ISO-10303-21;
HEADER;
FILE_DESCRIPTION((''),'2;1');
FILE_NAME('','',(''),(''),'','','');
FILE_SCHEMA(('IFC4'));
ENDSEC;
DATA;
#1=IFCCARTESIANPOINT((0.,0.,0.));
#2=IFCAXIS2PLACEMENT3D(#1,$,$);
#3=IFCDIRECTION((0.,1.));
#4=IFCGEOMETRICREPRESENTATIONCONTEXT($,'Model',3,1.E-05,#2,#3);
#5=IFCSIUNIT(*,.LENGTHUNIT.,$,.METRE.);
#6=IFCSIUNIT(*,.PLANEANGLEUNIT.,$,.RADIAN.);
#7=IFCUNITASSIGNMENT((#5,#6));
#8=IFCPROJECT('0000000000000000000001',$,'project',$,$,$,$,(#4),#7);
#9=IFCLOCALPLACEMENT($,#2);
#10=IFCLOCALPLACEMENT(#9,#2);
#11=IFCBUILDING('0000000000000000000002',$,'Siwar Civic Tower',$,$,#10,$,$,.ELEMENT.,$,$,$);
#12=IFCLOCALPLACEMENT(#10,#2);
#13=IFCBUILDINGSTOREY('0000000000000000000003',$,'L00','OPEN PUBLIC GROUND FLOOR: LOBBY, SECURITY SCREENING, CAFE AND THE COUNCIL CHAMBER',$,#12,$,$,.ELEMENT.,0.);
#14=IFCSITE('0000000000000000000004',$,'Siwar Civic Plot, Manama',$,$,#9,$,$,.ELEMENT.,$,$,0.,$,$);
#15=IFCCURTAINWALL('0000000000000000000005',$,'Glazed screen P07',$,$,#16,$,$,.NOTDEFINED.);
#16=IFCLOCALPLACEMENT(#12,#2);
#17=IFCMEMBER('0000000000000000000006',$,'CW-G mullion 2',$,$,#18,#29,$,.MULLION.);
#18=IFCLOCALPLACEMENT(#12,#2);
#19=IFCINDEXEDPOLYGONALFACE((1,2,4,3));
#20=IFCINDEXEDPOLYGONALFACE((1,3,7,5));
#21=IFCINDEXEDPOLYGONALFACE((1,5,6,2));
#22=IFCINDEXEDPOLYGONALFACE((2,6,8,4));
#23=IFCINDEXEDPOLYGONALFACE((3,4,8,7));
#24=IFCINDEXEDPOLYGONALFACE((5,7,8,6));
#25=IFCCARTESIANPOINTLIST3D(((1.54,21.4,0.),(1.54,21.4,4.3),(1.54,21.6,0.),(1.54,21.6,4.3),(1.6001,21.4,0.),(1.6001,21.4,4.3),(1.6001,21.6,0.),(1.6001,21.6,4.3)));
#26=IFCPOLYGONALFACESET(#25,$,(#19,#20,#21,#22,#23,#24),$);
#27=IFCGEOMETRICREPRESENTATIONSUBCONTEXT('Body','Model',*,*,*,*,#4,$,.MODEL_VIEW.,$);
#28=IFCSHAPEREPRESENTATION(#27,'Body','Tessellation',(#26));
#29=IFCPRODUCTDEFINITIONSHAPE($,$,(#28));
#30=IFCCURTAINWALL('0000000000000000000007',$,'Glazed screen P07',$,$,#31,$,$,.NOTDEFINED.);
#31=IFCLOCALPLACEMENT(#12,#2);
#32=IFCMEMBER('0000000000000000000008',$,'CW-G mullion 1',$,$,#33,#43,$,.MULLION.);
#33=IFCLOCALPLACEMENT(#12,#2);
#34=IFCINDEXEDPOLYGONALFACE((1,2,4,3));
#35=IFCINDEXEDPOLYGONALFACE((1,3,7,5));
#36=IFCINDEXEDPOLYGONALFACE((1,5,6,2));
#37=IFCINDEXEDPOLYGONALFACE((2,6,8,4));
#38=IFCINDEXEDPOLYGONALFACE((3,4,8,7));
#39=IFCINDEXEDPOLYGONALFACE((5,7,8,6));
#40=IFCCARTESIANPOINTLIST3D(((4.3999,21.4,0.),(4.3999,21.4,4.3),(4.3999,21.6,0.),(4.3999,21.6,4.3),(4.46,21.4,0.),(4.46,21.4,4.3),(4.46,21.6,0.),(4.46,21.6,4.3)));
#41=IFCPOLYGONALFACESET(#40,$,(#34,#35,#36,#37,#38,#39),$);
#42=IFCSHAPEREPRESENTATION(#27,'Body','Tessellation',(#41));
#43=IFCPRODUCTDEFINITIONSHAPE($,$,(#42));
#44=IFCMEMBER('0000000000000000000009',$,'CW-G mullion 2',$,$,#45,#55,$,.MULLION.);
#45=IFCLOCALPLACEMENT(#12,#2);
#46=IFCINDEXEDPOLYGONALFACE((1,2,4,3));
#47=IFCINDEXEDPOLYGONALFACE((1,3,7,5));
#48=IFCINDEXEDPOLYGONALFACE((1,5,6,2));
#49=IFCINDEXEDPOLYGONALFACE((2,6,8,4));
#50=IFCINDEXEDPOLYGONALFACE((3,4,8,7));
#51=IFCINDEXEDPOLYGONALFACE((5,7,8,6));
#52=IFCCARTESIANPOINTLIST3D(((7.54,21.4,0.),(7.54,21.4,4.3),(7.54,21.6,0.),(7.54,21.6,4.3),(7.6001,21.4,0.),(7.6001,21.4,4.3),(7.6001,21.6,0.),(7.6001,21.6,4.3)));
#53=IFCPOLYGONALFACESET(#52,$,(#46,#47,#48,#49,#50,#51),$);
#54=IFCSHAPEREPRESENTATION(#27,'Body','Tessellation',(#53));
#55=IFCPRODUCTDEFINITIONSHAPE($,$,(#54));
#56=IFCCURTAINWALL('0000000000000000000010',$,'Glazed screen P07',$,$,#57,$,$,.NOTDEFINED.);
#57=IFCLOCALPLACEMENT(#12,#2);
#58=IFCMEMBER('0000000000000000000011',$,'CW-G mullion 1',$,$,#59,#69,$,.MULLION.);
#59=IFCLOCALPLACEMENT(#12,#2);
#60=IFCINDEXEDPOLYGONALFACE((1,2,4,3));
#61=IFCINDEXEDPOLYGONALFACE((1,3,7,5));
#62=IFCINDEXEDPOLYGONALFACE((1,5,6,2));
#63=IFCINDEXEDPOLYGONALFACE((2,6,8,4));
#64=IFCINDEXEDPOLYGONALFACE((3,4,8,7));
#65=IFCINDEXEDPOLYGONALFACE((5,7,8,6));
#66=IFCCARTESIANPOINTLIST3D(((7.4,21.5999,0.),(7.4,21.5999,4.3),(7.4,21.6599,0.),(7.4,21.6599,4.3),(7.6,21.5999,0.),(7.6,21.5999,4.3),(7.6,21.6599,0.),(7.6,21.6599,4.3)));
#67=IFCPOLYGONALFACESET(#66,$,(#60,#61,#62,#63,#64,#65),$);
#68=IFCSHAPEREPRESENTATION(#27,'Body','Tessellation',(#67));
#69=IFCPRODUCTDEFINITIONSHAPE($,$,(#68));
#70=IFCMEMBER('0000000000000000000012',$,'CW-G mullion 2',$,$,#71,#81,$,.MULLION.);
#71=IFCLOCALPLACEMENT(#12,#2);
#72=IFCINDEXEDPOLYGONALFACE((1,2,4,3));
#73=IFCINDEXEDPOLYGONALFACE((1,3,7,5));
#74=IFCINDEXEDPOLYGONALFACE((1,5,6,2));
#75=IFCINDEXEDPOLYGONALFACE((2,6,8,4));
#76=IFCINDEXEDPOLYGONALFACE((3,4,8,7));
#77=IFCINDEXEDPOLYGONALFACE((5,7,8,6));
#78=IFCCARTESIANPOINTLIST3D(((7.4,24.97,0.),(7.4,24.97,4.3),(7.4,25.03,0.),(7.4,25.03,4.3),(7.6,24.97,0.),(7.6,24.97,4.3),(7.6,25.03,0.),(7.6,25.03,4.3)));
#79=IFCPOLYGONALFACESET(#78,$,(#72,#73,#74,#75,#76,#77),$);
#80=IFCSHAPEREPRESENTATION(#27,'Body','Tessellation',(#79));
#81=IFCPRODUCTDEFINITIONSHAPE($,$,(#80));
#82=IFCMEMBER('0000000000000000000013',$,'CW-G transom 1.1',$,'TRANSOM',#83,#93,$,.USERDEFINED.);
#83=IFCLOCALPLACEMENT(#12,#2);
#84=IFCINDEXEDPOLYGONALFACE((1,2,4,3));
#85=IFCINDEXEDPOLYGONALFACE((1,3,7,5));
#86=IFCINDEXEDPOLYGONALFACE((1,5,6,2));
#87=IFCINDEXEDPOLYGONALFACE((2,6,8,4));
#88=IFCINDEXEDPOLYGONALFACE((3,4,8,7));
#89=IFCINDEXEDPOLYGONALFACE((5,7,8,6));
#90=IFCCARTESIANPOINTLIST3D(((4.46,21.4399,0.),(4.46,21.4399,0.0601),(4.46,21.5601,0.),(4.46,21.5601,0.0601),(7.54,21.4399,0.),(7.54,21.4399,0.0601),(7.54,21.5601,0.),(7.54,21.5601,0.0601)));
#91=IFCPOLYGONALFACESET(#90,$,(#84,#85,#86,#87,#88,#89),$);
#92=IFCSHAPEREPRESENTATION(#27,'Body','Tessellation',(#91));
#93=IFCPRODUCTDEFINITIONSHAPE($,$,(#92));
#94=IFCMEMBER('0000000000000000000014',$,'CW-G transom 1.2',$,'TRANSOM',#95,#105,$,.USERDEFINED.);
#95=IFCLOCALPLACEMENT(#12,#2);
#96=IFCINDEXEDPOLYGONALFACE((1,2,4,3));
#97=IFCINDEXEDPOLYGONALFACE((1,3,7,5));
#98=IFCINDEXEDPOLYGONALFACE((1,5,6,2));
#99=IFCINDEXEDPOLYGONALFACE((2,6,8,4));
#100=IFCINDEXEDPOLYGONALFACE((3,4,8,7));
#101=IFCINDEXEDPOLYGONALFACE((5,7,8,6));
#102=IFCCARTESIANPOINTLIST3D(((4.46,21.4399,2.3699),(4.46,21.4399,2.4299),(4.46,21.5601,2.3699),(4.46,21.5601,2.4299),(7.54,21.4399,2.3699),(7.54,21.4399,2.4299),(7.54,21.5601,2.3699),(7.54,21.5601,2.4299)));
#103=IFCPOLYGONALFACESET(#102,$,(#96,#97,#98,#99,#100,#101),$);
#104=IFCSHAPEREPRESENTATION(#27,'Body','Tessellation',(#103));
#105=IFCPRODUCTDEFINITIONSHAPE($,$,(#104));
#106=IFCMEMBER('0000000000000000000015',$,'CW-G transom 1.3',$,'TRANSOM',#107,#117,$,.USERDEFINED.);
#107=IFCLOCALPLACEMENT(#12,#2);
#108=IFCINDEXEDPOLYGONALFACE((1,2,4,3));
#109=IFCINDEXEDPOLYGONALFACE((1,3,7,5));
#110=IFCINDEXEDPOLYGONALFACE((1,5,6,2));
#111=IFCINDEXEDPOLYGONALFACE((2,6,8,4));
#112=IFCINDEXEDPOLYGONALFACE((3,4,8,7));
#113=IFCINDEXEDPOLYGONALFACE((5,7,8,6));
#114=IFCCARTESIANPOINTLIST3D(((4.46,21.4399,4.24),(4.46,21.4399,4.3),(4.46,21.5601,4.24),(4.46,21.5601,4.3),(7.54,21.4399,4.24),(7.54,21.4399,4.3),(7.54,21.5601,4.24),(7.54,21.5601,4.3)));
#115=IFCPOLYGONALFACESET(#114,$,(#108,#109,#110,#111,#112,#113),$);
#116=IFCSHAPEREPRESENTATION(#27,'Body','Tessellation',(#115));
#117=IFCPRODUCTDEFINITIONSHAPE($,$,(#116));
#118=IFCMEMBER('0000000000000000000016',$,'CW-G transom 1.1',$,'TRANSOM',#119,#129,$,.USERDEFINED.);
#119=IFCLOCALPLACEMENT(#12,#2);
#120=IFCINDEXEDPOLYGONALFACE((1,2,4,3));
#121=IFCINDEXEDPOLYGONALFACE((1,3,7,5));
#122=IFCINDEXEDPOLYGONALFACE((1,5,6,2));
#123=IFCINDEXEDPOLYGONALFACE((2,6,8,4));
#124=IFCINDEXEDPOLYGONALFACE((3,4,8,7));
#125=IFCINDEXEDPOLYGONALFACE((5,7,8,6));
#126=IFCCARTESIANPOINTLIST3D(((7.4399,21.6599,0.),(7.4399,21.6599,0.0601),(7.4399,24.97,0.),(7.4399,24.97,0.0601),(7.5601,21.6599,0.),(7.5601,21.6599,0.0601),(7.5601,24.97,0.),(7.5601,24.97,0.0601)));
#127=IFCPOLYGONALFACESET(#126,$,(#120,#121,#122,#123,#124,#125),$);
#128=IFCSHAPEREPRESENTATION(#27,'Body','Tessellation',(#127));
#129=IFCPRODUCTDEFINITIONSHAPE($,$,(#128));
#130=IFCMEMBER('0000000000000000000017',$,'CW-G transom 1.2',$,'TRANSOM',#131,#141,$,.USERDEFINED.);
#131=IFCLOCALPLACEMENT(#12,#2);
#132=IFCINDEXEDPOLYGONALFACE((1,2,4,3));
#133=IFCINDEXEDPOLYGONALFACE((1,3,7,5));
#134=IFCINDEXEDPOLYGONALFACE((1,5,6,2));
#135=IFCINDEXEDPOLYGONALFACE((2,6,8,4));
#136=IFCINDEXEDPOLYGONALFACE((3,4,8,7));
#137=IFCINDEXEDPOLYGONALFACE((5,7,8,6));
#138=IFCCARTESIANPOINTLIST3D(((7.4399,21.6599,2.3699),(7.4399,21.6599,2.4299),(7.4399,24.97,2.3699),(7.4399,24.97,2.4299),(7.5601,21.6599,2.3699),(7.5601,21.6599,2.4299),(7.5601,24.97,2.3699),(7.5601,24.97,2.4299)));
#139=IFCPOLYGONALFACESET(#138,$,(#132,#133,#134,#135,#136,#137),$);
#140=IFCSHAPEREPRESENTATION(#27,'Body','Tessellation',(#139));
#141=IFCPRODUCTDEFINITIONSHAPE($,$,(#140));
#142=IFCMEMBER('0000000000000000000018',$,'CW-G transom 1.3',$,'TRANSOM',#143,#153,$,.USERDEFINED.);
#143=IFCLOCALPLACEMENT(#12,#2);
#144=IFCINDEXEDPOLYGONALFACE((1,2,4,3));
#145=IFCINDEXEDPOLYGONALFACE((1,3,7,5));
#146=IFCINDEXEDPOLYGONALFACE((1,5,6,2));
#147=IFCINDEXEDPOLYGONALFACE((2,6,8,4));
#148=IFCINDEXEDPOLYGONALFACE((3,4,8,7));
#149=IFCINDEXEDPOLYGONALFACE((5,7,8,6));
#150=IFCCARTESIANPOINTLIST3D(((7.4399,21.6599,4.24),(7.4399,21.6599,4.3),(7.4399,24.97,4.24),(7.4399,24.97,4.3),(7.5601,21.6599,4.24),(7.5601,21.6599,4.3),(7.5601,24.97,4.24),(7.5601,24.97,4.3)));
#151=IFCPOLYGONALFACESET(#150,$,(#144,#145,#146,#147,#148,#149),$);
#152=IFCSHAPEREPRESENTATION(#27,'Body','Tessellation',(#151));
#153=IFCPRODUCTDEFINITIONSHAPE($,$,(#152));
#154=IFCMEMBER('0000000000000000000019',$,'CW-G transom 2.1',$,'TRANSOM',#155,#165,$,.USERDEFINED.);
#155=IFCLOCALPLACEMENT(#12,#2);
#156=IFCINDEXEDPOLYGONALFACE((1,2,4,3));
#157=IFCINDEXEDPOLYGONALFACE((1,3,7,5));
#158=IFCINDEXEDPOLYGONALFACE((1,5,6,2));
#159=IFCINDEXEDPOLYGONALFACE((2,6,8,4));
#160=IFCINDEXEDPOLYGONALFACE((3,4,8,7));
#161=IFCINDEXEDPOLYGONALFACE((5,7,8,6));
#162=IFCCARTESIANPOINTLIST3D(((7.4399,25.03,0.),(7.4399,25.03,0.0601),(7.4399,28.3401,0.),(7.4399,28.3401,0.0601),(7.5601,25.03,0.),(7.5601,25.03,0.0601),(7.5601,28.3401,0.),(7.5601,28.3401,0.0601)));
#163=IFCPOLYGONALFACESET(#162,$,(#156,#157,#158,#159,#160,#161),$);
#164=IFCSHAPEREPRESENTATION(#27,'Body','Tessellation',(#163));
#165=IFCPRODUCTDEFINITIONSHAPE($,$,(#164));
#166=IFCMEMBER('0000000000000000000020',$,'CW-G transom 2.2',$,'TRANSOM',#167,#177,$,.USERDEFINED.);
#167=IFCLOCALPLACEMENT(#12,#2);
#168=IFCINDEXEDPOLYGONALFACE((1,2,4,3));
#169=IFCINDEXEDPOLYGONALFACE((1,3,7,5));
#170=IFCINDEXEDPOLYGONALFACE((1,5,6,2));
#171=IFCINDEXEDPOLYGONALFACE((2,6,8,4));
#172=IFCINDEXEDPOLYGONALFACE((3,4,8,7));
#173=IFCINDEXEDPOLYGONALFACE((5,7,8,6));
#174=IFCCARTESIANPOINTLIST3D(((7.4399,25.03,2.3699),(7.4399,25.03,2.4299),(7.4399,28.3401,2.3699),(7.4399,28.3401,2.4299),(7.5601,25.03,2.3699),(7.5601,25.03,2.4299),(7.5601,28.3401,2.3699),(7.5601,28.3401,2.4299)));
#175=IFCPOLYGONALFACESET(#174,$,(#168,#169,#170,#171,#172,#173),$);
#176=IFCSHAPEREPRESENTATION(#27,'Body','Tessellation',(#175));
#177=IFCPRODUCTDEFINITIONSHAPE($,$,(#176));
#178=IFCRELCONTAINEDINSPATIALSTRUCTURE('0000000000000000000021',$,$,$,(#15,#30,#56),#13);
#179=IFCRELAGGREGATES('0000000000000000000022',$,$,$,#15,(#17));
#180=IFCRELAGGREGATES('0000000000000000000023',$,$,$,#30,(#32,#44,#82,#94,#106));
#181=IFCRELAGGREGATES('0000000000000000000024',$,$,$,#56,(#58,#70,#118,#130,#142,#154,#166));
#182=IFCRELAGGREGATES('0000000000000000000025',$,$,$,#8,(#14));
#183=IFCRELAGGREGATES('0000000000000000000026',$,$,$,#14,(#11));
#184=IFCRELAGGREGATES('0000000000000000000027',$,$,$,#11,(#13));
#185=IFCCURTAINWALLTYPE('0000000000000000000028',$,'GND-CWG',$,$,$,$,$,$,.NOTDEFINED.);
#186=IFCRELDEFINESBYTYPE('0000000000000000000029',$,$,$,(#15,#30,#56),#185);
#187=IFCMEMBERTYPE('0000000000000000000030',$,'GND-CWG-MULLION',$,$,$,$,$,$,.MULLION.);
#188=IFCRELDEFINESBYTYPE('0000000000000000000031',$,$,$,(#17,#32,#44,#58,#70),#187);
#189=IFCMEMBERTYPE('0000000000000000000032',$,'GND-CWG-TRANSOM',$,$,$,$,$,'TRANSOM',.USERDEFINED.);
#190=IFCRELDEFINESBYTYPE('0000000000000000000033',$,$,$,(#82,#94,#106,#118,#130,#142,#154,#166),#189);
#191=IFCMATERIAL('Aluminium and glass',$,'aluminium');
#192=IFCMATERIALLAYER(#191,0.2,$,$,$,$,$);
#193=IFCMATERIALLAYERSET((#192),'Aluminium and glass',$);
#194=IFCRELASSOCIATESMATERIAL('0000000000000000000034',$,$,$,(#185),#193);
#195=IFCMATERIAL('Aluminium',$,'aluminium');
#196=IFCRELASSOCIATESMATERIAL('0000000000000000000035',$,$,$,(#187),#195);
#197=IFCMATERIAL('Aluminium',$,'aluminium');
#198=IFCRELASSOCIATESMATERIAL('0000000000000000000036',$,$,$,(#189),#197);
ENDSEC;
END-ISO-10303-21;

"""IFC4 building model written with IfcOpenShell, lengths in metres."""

from ifc_helpers import new_model, si_unit, direction, frame, origin, origin_2d, place, context, subcontext, project, spatial, rectangle, extrude, material, layer, layer_set, material_profile, profile_set, type_object, element, aggregate, save


model = new_model("IFC4")

# Units and contexts
model_context = context("Model", 3, precision=1e-05, world=origin(), true_north=direction((0.0, 1.0)))
body_context = subcontext(model_context, "Body", "Model", "MODEL_VIEW")
ifc_project = project(units=[si_unit("LENGTHUNIT", "METRE"), si_unit("PLANEANGLEUNIT", "RADIAN")], contexts=[model_context])

# Site, building, storey
site_placement = place(None, origin())
site = spatial("IfcSite", under=ifc_project, at=site_placement, Name="Siwar Civic Plot, Manama", CompositionType="ELEMENT", RefElevation=0.0)
building_placement = place(site_placement, origin())
building = spatial("IfcBuilding", under=site, at=building_placement, Name="Siwar Civic Tower", CompositionType="ELEMENT")
storey_placement = place(building_placement, origin())
storey = spatial("IfcBuildingStorey", under=building, at=storey_placement, Name="L00", Description="OPEN PUBLIC GROUND FLOOR: LOBBY, SECURITY SCREENING, CAFE AND THE COUNCIL CHAMBER", CompositionType="ELEMENT", Elevation=0.0)

# Curtain wall, member
ifc_material_1 = material(Name="Aluminium and glass", Category="aluminium")
ifc_layer_1 = layer(ifc_material_1, 0.2)
ifc_layer_set_1 = layer_set([ifc_layer_1], Name="Aluminium and glass")
curtain_wall_type = type_object("IfcCurtainWallType", Name="GND-CWG", PredefinedType="NOTDEFINED", material=ifc_layer_set_1)
curtain_wall_1_placement = place(storey_placement, origin())
curtain_wall_1 = element("IfcCurtainWall", 1, at=curtain_wall_1_placement, inside=storey, type_object=curtain_wall_type, Name="Glazed screen P07", PredefinedType="NOTDEFINED")
ifc_material_2 = material(Name="Aluminium", Category="aluminium")
ifc_material_profile_1 = material_profile(ifc_material_2, rectangle(XDim=0.2, YDim=0.0601, at=origin_2d()), Name="AL 200x60")
ifc_profile_set_1 = profile_set([ifc_material_profile_1], Name="Aluminium")
member_type_1 = type_object("IfcMemberType", Name="GND-CWG-MULLION", PredefinedType="MULLION", material=ifc_profile_set_1)
member_1_placement = place(storey_placement, frame((1.5701, 21.5, 0.0), z_axis=(0.0, 0.0, 1.0), x_axis=(0.0, 1.0, 0.0)))
member_1 = element("IfcMember", 2, at=member_1_placement, type_object=member_type_1, Name="CW-G mullion 2", PredefinedType="MULLION", context=body_context, shape_type="SweptSolid", body=[
    extrude(rectangle(XDim=0.2, YDim=0.0601, at=origin_2d()), origin(), (0.0, 0.0, 1.0), 4.3),
])

# Curtain walls, members
curtain_wall_2_placement = place(storey_placement, origin())
curtain_wall_2 = element("IfcCurtainWall", 3, at=curtain_wall_2_placement, inside=storey, type_object=curtain_wall_type, Name="Glazed screen P07", PredefinedType="NOTDEFINED")
member_2_placement = place(storey_placement, frame((4.4299, 21.5, 0.0), z_axis=(0.0, 0.0, 1.0), x_axis=(0.0, 1.0, 0.0)))
member_2 = element("IfcMember", 4, at=member_2_placement, type_object=member_type_1, Name="CW-G mullion 1", PredefinedType="MULLION", context=body_context, shape_type="SweptSolid", body=[
    extrude(rectangle(XDim=0.2, YDim=0.0601, at=origin_2d()), origin(), (0.0, 0.0, 1.0), 4.3),
])
member_3_placement = place(storey_placement, frame((7.5701, 21.5, 0.0), z_axis=(0.0, 0.0, 1.0), x_axis=(0.0, 1.0, 0.0)))
member_3 = element("IfcMember", 5, at=member_3_placement, type_object=member_type_1, Name="CW-G mullion 2", PredefinedType="MULLION", context=body_context, shape_type="SweptSolid", body=[
    extrude(rectangle(XDim=0.2, YDim=0.0601, at=origin_2d()), origin(), (0.0, 0.0, 1.0), 4.3),
])
curtain_wall_3_placement = place(storey_placement, origin())
curtain_wall_3 = element("IfcCurtainWall", 6, at=curtain_wall_3_placement, inside=storey, type_object=curtain_wall_type, Name="Glazed screen P07", PredefinedType="NOTDEFINED")
member_4_placement = place(storey_placement, frame((7.5, 21.6299, 0.0), z_axis=(0.0, 0.0, 1.0), x_axis=(-1.0, 0.0, 0.0)))
member_4 = element("IfcMember", 7, at=member_4_placement, type_object=member_type_1, Name="CW-G mullion 1", PredefinedType="MULLION", context=body_context, shape_type="SweptSolid", body=[
    extrude(rectangle(XDim=0.2, YDim=0.0601, at=origin_2d()), origin(), (0.0, 0.0, 1.0), 4.3),
])
member_5_placement = place(storey_placement, frame((7.5, 25.0, 0.0), z_axis=(0.0, 0.0, 1.0), x_axis=(-1.0, 0.0, 0.0)))
member_5 = element("IfcMember", 8, at=member_5_placement, type_object=member_type_1, Name="CW-G mullion 2", PredefinedType="MULLION", context=body_context, shape_type="SweptSolid", body=[
    extrude(rectangle(XDim=0.2, YDim=0.0601, at=origin_2d()), origin(), (0.0, 0.0, 1.0), 4.3),
])

# Members
ifc_material_3 = material(Name="Aluminium", Category="aluminium")
ifc_material_profile_2 = material_profile(ifc_material_3, rectangle(XDim=0.1201, YDim=0.0601, at=origin_2d()), Name="AL 120x60")
ifc_profile_set_2 = profile_set([ifc_material_profile_2], Name="Aluminium")
member_type_2 = type_object("IfcMemberType", Name="GND-CWG-TRANSOM", ElementType="TRANSOM", PredefinedType="USERDEFINED", material=ifc_profile_set_2)
member_6_placement = place(storey_placement, frame((4.46, 21.5, 0.03), z_axis=(1.0, 0.0, 0.0), x_axis=(0.0, 1.0, 0.0)))
member_6 = element("IfcMember", 9, at=member_6_placement, type_object=member_type_2, Name="CW-G transom 1.1", ObjectType="TRANSOM", PredefinedType="USERDEFINED", context=body_context, shape_type="SweptSolid", body=[
    extrude(rectangle(XDim=0.1201, YDim=0.0601, at=origin_2d()), origin(), (0.0, 0.0, 1.0), 3.0801),
])
member_7_placement = place(storey_placement, frame((4.46, 21.5, 2.3999), z_axis=(1.0, 0.0, 0.0), x_axis=(0.0, 1.0, 0.0)))
member_7 = element("IfcMember", 10, at=member_7_placement, type_object=member_type_2, Name="CW-G transom 1.2", ObjectType="TRANSOM", PredefinedType="USERDEFINED", context=body_context, shape_type="SweptSolid", body=[
    extrude(rectangle(XDim=0.1201, YDim=0.0601, at=origin_2d()), origin(), (0.0, 0.0, 1.0), 3.0801),
])
member_8_placement = place(storey_placement, frame((4.46, 21.5, 4.27), z_axis=(1.0, 0.0, 0.0), x_axis=(0.0, 1.0, 0.0)))
member_8 = element("IfcMember", 11, at=member_8_placement, type_object=member_type_2, Name="CW-G transom 1.3", ObjectType="TRANSOM", PredefinedType="USERDEFINED", context=body_context, shape_type="SweptSolid", body=[
    extrude(rectangle(XDim=0.1201, YDim=0.0601, at=origin_2d()), origin(), (0.0, 0.0, 1.0), 3.0801),
])
member_9_placement = place(storey_placement, frame((7.5, 21.6599, 0.03), z_axis=(0.0, 1.0, 0.0), x_axis=(-1.0, 0.0, 0.0)))
member_9 = element("IfcMember", 12, at=member_9_placement, type_object=member_type_2, Name="CW-G transom 1.1", ObjectType="TRANSOM", PredefinedType="USERDEFINED", context=body_context, shape_type="SweptSolid", body=[
    extrude(rectangle(XDim=0.1201, YDim=0.0601, at=origin_2d()), origin(), (0.0, 0.0, 1.0), 3.3101),
])
member_10_placement = place(storey_placement, frame((7.5, 21.6599, 2.3999), z_axis=(0.0, 1.0, 0.0), x_axis=(-1.0, 0.0, 0.0)))
member_10 = element("IfcMember", 13, at=member_10_placement, type_object=member_type_2, Name="CW-G transom 1.2", ObjectType="TRANSOM", PredefinedType="USERDEFINED", context=body_context, shape_type="SweptSolid", body=[
    extrude(rectangle(XDim=0.1201, YDim=0.0601, at=origin_2d()), origin(), (0.0, 0.0, 1.0), 3.3101),
])
member_11_placement = place(storey_placement, frame((7.5, 21.6599, 4.27), z_axis=(0.0, 1.0, 0.0), x_axis=(-1.0, 0.0, 0.0)))
member_11 = element("IfcMember", 14, at=member_11_placement, type_object=member_type_2, Name="CW-G transom 1.3", ObjectType="TRANSOM", PredefinedType="USERDEFINED", context=body_context, shape_type="SweptSolid", body=[
    extrude(rectangle(XDim=0.1201, YDim=0.0601, at=origin_2d()), origin(), (0.0, 0.0, 1.0), 3.3101),
])
member_12_placement = place(storey_placement, frame((7.5, 25.03, 0.03), z_axis=(0.0, 1.0, 0.0), x_axis=(-1.0, 0.0, 0.0)))
member_12 = element("IfcMember", 15, at=member_12_placement, type_object=member_type_2, Name="CW-G transom 2.1", ObjectType="TRANSOM", PredefinedType="USERDEFINED", context=body_context, shape_type="SweptSolid", body=[
    extrude(rectangle(XDim=0.1201, YDim=0.0601, at=origin_2d()), origin(), (0.0, 0.0, 1.0), 3.3101),
])
member_13_placement = place(storey_placement, frame((7.5, 25.03, 2.3999), z_axis=(0.0, 1.0, 0.0), x_axis=(-1.0, 0.0, 0.0)))
member_13 = element("IfcMember", 16, at=member_13_placement, type_object=member_type_2, Name="CW-G transom 2.2", ObjectType="TRANSOM", PredefinedType="USERDEFINED", context=body_context, shape_type="SweptSolid", body=[
    extrude(rectangle(XDim=0.1201, YDim=0.0601, at=origin_2d()), origin(), (0.0, 0.0, 1.0), 3.3101),
])

aggregate(curtain_wall_1, [member_1])
aggregate(curtain_wall_2, [member_2, member_3, member_6, member_7, member_8])
aggregate(curtain_wall_3, [member_4, member_5, member_9, member_10, member_11, member_12, member_13])

save(model, "model.ifc")
